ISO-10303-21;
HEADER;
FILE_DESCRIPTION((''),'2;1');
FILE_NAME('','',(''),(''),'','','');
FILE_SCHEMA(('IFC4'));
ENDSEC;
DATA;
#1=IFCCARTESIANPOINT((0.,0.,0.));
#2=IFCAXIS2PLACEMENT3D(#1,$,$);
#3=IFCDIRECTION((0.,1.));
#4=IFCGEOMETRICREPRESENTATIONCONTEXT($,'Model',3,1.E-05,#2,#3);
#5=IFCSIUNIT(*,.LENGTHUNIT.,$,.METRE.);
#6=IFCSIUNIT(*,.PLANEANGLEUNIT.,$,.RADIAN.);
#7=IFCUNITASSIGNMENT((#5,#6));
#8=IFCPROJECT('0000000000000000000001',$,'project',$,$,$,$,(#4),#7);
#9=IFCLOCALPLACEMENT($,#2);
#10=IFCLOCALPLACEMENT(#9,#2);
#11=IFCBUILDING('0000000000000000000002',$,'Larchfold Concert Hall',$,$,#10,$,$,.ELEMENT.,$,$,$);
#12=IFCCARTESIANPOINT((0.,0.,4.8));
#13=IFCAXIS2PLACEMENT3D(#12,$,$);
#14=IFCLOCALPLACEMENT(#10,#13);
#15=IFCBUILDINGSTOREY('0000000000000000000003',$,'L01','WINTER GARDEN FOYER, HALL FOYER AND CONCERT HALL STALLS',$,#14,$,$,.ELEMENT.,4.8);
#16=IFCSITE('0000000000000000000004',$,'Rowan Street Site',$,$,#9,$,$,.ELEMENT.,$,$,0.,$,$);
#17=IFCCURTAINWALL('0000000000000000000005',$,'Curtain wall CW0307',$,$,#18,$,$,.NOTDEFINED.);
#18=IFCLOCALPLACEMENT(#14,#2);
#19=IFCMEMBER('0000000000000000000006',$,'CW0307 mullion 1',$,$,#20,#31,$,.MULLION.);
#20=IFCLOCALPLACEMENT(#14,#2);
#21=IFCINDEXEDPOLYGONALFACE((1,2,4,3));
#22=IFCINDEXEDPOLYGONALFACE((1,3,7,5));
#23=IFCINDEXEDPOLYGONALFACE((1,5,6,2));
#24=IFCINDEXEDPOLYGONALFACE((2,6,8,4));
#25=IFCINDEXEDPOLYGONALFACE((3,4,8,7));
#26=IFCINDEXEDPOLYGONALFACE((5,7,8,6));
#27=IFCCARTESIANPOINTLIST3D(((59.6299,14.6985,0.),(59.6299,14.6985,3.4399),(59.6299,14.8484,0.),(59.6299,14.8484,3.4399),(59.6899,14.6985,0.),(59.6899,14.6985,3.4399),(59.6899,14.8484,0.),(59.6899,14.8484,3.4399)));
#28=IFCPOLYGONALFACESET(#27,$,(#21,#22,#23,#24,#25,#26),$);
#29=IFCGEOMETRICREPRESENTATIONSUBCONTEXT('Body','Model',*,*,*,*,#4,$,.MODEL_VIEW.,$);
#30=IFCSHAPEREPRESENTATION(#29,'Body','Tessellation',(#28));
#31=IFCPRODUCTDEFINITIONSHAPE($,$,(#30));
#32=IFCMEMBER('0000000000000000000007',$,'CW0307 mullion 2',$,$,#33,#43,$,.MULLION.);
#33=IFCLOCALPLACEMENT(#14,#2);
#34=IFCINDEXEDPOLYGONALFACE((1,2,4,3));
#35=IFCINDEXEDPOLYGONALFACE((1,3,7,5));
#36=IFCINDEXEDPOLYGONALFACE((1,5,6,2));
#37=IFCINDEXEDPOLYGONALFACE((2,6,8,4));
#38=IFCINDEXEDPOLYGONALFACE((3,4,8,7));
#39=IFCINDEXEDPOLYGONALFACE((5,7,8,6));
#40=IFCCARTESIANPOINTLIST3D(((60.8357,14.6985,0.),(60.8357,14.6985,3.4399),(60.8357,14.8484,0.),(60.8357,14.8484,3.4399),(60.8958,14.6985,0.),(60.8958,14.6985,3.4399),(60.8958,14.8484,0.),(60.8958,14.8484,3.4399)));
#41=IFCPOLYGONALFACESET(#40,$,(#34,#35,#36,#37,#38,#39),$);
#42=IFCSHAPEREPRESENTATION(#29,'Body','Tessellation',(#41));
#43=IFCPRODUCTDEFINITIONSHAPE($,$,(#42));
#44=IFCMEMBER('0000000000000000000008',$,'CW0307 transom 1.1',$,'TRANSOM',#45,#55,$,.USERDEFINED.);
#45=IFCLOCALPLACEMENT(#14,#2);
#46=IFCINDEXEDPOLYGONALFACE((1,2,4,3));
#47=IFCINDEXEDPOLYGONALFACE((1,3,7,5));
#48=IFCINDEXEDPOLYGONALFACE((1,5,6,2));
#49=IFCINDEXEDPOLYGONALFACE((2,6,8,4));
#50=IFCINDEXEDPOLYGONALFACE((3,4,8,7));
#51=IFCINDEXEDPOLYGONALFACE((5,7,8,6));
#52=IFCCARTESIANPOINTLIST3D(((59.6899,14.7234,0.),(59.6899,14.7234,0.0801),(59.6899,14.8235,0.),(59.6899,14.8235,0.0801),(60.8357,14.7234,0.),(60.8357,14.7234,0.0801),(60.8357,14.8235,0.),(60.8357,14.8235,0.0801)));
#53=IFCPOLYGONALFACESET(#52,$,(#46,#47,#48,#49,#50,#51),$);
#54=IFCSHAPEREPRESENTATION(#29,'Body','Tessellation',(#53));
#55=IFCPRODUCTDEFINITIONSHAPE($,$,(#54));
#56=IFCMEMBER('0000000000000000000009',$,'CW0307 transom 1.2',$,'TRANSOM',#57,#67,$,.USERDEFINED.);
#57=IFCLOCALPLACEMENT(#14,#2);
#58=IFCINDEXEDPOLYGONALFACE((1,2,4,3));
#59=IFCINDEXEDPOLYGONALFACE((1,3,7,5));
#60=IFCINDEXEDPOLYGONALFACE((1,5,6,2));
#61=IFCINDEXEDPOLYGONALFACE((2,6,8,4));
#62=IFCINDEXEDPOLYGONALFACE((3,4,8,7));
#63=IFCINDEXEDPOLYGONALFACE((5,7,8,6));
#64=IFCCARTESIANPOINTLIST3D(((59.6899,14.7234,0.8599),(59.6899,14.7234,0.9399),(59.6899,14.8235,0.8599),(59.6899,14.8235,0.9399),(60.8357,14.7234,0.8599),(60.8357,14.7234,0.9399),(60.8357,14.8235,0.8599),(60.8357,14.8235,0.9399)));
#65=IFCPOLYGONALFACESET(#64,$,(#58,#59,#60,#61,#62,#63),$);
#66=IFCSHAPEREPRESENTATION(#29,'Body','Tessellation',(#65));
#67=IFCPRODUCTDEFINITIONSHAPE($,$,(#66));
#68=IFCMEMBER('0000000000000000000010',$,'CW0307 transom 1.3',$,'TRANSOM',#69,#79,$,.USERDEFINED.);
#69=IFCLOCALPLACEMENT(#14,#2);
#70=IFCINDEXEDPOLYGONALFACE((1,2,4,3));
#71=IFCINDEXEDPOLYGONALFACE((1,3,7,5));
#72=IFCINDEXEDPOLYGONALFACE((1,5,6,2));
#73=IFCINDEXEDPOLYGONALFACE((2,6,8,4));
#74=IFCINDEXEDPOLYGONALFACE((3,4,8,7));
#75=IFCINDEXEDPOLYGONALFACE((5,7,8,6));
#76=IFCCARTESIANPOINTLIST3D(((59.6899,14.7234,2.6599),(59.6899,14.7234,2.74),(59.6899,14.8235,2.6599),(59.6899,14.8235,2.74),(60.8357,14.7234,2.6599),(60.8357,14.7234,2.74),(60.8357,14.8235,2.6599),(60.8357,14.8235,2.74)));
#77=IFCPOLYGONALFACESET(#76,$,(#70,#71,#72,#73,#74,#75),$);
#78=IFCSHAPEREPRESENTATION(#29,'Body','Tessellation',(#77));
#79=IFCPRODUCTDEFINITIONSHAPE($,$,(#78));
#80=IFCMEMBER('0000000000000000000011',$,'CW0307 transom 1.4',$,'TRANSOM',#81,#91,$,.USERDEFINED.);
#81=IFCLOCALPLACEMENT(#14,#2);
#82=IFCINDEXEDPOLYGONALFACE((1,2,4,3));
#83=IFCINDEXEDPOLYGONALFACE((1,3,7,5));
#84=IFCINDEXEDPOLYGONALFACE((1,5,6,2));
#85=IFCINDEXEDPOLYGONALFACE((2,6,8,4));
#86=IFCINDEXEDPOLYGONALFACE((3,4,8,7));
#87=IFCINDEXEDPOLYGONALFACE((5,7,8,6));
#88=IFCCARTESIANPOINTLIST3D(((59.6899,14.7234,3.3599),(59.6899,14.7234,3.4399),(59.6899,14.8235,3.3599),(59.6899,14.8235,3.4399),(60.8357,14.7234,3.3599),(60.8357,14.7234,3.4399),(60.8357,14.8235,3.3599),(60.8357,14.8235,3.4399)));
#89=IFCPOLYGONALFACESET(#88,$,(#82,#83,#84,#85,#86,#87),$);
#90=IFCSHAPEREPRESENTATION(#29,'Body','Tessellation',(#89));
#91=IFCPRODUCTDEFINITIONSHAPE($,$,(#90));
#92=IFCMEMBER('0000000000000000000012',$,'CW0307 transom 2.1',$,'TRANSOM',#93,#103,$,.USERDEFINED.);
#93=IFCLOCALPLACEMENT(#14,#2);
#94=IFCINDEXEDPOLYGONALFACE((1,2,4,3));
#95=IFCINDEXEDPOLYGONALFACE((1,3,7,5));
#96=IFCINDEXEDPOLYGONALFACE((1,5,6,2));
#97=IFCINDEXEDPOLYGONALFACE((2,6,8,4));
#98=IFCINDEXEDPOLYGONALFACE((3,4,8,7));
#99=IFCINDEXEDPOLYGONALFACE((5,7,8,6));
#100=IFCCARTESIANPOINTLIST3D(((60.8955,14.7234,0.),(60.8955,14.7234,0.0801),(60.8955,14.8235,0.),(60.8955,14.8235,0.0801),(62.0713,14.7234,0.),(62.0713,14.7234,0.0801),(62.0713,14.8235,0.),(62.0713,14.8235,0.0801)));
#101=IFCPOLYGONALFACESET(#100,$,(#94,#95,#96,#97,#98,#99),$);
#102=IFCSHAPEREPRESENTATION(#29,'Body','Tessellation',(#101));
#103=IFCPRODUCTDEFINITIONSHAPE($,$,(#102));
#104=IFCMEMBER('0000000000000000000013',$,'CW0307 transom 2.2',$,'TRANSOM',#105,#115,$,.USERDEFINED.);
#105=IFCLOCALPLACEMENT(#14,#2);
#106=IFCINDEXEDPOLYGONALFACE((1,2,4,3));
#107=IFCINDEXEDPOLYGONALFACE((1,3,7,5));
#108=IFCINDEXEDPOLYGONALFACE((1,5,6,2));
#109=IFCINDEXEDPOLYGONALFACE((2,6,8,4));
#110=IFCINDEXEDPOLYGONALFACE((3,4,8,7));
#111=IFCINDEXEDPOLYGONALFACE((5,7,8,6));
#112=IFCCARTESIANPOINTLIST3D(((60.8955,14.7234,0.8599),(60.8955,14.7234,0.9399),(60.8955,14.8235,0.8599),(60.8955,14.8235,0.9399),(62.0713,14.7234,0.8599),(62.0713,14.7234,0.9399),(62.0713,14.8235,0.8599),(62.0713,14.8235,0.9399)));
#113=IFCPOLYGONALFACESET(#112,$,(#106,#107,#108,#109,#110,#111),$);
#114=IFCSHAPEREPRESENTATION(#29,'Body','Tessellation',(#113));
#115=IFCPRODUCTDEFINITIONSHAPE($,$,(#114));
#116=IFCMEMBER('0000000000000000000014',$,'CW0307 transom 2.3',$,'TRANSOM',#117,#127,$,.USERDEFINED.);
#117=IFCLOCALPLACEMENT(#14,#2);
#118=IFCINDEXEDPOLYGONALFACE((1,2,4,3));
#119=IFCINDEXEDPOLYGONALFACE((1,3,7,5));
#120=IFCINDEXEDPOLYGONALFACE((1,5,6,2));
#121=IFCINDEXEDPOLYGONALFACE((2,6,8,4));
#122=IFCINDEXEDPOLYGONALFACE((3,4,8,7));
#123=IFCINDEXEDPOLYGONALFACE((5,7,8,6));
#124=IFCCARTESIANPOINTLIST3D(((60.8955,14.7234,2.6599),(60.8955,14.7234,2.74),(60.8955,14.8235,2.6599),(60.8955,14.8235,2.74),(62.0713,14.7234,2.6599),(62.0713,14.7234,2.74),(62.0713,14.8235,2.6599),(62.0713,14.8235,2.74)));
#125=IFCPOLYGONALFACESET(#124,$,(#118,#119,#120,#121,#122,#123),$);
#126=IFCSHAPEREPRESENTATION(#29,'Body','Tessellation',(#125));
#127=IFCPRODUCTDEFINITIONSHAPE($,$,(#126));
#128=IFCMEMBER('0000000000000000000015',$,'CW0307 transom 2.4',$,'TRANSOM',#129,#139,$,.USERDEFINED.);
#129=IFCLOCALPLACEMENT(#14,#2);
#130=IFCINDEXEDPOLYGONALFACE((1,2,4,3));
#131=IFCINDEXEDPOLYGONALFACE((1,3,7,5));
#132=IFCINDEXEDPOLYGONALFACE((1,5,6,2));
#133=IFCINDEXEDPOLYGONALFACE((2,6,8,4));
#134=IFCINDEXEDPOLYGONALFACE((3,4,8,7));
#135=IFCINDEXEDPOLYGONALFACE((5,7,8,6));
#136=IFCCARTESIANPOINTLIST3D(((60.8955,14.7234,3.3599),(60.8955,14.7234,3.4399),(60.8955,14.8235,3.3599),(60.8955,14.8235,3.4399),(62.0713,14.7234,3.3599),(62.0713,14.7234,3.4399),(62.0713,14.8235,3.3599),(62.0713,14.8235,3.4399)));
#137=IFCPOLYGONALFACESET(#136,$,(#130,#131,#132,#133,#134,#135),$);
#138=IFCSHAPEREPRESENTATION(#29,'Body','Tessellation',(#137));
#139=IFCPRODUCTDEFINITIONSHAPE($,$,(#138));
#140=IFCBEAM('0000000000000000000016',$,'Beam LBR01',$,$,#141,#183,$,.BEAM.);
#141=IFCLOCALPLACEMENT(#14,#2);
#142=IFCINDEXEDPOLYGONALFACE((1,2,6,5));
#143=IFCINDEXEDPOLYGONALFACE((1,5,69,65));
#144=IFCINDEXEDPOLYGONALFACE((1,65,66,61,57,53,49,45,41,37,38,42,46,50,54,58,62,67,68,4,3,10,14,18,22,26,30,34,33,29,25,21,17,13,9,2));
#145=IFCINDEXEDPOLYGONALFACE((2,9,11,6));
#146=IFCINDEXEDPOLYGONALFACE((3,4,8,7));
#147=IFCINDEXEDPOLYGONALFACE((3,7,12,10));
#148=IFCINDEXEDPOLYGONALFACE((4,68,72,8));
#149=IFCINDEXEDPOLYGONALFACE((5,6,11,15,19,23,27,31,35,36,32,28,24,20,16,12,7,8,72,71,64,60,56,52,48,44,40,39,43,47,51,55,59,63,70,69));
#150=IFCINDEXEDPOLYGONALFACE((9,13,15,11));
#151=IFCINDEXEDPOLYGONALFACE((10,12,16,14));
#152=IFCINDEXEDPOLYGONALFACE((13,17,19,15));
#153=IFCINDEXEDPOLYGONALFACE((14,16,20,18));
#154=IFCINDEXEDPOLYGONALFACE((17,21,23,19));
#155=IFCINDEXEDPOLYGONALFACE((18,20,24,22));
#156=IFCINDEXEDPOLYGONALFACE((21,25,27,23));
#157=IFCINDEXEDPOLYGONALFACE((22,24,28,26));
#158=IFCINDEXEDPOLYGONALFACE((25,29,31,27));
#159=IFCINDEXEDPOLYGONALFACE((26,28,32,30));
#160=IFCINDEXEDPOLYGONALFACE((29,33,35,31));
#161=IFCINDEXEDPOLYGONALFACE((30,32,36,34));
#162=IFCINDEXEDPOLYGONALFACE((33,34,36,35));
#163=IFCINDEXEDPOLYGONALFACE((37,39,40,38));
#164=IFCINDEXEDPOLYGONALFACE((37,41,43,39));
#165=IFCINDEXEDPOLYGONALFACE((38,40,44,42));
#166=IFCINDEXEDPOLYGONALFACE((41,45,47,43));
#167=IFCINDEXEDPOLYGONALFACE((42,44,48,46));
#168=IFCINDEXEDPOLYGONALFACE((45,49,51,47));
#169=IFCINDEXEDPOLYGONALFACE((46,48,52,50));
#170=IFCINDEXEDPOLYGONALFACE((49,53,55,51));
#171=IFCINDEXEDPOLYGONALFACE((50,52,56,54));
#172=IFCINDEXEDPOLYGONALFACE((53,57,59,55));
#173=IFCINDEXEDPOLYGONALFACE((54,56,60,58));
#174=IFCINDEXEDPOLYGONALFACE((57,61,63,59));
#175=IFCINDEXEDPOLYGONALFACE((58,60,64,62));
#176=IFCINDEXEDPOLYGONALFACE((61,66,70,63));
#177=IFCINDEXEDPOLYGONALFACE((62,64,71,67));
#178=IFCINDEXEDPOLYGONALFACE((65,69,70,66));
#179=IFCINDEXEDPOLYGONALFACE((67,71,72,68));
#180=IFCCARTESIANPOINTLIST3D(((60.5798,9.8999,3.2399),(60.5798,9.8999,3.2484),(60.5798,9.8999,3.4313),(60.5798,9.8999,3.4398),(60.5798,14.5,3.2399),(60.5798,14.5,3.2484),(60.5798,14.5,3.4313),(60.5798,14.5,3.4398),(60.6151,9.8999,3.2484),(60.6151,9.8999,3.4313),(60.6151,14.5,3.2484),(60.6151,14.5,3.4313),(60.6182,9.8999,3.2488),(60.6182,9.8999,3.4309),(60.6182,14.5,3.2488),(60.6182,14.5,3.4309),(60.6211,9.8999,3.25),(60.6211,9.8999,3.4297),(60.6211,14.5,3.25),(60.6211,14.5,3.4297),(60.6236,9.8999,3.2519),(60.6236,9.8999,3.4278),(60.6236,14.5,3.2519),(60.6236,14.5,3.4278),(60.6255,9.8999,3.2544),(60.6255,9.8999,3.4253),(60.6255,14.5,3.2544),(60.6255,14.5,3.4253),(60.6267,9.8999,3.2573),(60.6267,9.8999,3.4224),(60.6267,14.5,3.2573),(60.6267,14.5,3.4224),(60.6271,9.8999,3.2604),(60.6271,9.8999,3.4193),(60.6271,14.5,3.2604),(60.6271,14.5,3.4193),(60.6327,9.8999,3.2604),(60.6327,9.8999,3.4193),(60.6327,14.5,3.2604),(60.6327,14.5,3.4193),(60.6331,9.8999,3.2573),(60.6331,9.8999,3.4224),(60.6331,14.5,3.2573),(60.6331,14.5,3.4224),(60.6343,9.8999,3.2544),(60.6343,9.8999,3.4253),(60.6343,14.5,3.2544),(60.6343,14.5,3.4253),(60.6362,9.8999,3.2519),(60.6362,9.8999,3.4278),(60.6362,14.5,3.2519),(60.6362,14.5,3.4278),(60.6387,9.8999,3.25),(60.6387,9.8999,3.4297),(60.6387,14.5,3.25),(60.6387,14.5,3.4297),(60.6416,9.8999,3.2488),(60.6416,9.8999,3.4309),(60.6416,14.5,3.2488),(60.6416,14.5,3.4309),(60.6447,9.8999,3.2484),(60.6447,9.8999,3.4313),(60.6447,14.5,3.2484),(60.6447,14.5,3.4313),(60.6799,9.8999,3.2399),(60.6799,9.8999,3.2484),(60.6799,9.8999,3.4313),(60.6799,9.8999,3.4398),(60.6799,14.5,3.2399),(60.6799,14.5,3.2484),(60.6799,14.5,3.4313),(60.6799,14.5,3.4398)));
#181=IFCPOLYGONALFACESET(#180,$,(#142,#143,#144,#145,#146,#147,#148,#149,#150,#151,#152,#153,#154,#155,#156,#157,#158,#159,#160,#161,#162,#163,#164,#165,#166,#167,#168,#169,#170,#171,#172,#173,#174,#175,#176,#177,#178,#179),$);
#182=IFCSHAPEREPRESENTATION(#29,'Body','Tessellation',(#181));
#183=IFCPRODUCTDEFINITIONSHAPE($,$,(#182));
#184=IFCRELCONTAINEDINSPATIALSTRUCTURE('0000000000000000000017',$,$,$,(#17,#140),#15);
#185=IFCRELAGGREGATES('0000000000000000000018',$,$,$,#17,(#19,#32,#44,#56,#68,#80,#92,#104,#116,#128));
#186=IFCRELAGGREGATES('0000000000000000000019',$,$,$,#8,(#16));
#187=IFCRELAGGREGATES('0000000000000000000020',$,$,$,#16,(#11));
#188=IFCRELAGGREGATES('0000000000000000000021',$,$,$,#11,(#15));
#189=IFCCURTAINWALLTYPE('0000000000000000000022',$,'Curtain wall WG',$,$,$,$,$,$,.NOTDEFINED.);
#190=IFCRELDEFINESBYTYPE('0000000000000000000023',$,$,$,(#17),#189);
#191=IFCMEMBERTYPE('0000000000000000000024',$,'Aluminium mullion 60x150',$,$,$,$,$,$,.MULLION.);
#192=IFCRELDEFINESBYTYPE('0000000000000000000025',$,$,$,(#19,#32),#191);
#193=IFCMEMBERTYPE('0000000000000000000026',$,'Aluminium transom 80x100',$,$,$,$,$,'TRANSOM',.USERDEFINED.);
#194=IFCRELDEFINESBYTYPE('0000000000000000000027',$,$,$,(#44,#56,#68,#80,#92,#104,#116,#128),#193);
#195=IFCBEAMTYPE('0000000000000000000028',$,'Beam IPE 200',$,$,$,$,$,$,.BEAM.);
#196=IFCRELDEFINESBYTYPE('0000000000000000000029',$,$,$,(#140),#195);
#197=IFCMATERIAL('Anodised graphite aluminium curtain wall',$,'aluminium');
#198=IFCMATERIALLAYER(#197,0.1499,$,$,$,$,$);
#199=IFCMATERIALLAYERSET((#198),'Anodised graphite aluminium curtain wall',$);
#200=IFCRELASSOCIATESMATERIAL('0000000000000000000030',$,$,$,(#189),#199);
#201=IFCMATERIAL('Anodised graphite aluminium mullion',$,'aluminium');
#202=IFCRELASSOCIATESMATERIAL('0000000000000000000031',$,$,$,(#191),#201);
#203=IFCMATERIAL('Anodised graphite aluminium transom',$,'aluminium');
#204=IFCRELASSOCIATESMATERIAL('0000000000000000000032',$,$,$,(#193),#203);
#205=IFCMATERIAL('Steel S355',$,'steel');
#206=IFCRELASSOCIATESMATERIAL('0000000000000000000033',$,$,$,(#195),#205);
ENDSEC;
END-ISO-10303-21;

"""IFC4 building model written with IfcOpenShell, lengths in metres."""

from ifc_helpers import new_model, si_unit, direction, frame, origin, origin_2d, place, context, subcontext, project, spatial, rectangle, i_section, extrude, material, layer, layer_set, material_profile, profile_set, type_object, element, aggregate, save


model = new_model("IFC4")

# Units and contexts
model_context = context("Model", 3, precision=1e-05, world=origin(), true_north=direction((0.0, 1.0)))
body_context = subcontext(model_context, "Body", "Model", "MODEL_VIEW")
ifc_project = project(units=[si_unit("LENGTHUNIT", "METRE"), si_unit("PLANEANGLEUNIT", "RADIAN")], contexts=[model_context])

# Site, building, storey
site_placement = place(None, origin())
site = spatial("IfcSite", under=ifc_project, at=site_placement, Name="Rowan Street Site", CompositionType="ELEMENT", RefElevation=0.0)
building_placement = place(site_placement, origin())
building = spatial("IfcBuilding", under=site, at=building_placement, Name="Larchfold Concert Hall", CompositionType="ELEMENT")
storey_placement = place(building_placement, frame((0.0, 0.0, 4.8)))
storey = spatial("IfcBuildingStorey", under=building, at=storey_placement, Name="L01", Description="WINTER GARDEN FOYER, HALL FOYER AND CONCERT HALL STALLS", CompositionType="ELEMENT", Elevation=4.8)

# Curtain wall, members
ifc_material_1 = material(Name="Anodised graphite aluminium curtain wall", Category="aluminium")
ifc_layer_1 = layer(ifc_material_1, 0.1499)
ifc_layer_set_1 = layer_set([ifc_layer_1], Name="Anodised graphite aluminium curtain wall")
curtain_wall_type = type_object("IfcCurtainWallType", Name="Curtain wall WG", PredefinedType="NOTDEFINED", material=ifc_layer_set_1)
curtain_wall_placement = place(storey_placement, origin())
curtain_wall = element("IfcCurtainWall", 1, at=curtain_wall_placement, inside=storey, type_object=curtain_wall_type, Name="Curtain wall CW0307", PredefinedType="NOTDEFINED")
ifc_material_2 = material(Name="Anodised graphite aluminium mullion", Category="aluminium")
ifc_material_profile_1 = material_profile(ifc_material_2, rectangle(XDim=0.1499, YDim=0.0601, at=origin_2d()))
ifc_profile_set_1 = profile_set([ifc_material_profile_1], Name="Anodised graphite aluminium mullion")
member_type_1 = type_object("IfcMemberType", Name="Aluminium mullion 60x150", PredefinedType="MULLION", material=ifc_profile_set_1)
member_1_placement = place(storey_placement, frame((59.6599, 14.7734, 0.0), z_axis=(0.0, 0.0, 1.0), x_axis=(0.0, 1.0, 0.0)))
member_1 = element("IfcMember", 2, at=member_1_placement, type_object=member_type_1, Name="CW0307 mullion 1", PredefinedType="MULLION", context=body_context, shape_type="SweptSolid", body=[
    extrude(rectangle(XDim=0.1499, YDim=0.0601, at=origin_2d()), origin(), (0.0, 0.0, 1.0), 3.4399),
])
member_2_placement = place(storey_placement, frame((60.8657, 14.7734, 0.0), z_axis=(0.0, 0.0, 1.0), x_axis=(0.0, 1.0, 0.0)))
member_2 = element("IfcMember", 3, at=member_2_placement, type_object=member_type_1, Name="CW0307 mullion 2", PredefinedType="MULLION", context=body_context, shape_type="SweptSolid", body=[
    extrude(rectangle(XDim=0.1499, YDim=0.0601, at=origin_2d()), origin(), (0.0, 0.0, 1.0), 3.4399),
])
ifc_material_3 = material(Name="Anodised graphite aluminium transom", Category="aluminium")
ifc_material_profile_2 = material_profile(ifc_material_3, rectangle(XDim=0.1001, YDim=0.0801, at=origin_2d()))
ifc_profile_set_2 = profile_set([ifc_material_profile_2], Name="Anodised graphite aluminium transom")
member_type_2 = type_object("IfcMemberType", Name="Aluminium transom 80x100", ElementType="TRANSOM", PredefinedType="USERDEFINED", material=ifc_profile_set_2)
member_3_placement = place(storey_placement, frame((59.6899, 14.7734, 0.04), z_axis=(1.0, 0.0, 0.0), x_axis=(0.0, 1.0, 0.0)))
member_3 = element("IfcMember", 4, at=member_3_placement, type_object=member_type_2, Name="CW0307 transom 1.1", ObjectType="TRANSOM", PredefinedType="USERDEFINED", context=body_context, shape_type="SweptSolid", body=[
    extrude(rectangle(XDim=0.1001, YDim=0.0801, at=origin_2d()), origin(), (0.0, 0.0, 1.0), 1.1458),
])
member_4_placement = place(storey_placement, frame((59.6899, 14.7734, 0.8999), z_axis=(1.0, 0.0, 0.0), x_axis=(0.0, 1.0, 0.0)))
member_4 = element("IfcMember", 5, at=member_4_placement, type_object=member_type_2, Name="CW0307 transom 1.2", ObjectType="TRANSOM", PredefinedType="USERDEFINED", context=body_context, shape_type="SweptSolid", body=[
    extrude(rectangle(XDim=0.1001, YDim=0.0801, at=origin_2d()), origin(), (0.0, 0.0, 1.0), 1.1458),
])
member_5_placement = place(storey_placement, frame((59.6899, 14.7734, 2.7), z_axis=(1.0, 0.0, 0.0), x_axis=(0.0, 1.0, 0.0)))
member_5 = element("IfcMember", 6, at=member_5_placement, type_object=member_type_2, Name="CW0307 transom 1.3", ObjectType="TRANSOM", PredefinedType="USERDEFINED", context=body_context, shape_type="SweptSolid", body=[
    extrude(rectangle(XDim=0.1001, YDim=0.0801, at=origin_2d()), origin(), (0.0, 0.0, 1.0), 1.1458),
])
member_6_placement = place(storey_placement, frame((59.6899, 14.7734, 3.3999), z_axis=(1.0, 0.0, 0.0), x_axis=(0.0, 1.0, 0.0)))
member_6 = element("IfcMember", 7, at=member_6_placement, type_object=member_type_2, Name="CW0307 transom 1.4", ObjectType="TRANSOM", PredefinedType="USERDEFINED", context=body_context, shape_type="SweptSolid", body=[
    extrude(rectangle(XDim=0.1001, YDim=0.0801, at=origin_2d()), origin(), (0.0, 0.0, 1.0), 1.1458),
])
member_7_placement = place(storey_placement, frame((60.8955, 14.7734, 0.04), z_axis=(1.0, 0.0, 0.0), x_axis=(0.0, 1.0, 0.0)))
member_7 = element("IfcMember", 8, at=member_7_placement, type_object=member_type_2, Name="CW0307 transom 2.1", ObjectType="TRANSOM", PredefinedType="USERDEFINED", context=body_context, shape_type="SweptSolid", body=[
    extrude(rectangle(XDim=0.1001, YDim=0.0801, at=origin_2d()), origin(), (0.0, 0.0, 1.0), 1.1758),
])
member_8_placement = place(storey_placement, frame((60.8955, 14.7734, 0.8999), z_axis=(1.0, 0.0, 0.0), x_axis=(0.0, 1.0, 0.0)))
member_8 = element("IfcMember", 9, at=member_8_placement, type_object=member_type_2, Name="CW0307 transom 2.2", ObjectType="TRANSOM", PredefinedType="USERDEFINED", context=body_context, shape_type="SweptSolid", body=[
    extrude(rectangle(XDim=0.1001, YDim=0.0801, at=origin_2d()), origin(), (0.0, 0.0, 1.0), 1.1758),
])
member_9_placement = place(storey_placement, frame((60.8955, 14.7734, 2.7), z_axis=(1.0, 0.0, 0.0), x_axis=(0.0, 1.0, 0.0)))
member_9 = element("IfcMember", 10, at=member_9_placement, type_object=member_type_2, Name="CW0307 transom 2.3", ObjectType="TRANSOM", PredefinedType="USERDEFINED", context=body_context, shape_type="SweptSolid", body=[
    extrude(rectangle(XDim=0.1001, YDim=0.0801, at=origin_2d()), origin(), (0.0, 0.0, 1.0), 1.1758),
])
member_10_placement = place(storey_placement, frame((60.8955, 14.7734, 3.3999), z_axis=(1.0, 0.0, 0.0), x_axis=(0.0, 1.0, 0.0)))
member_10 = element("IfcMember", 11, at=member_10_placement, type_object=member_type_2, Name="CW0307 transom 2.4", ObjectType="TRANSOM", PredefinedType="USERDEFINED", context=body_context, shape_type="SweptSolid", body=[
    extrude(rectangle(XDim=0.1001, YDim=0.0801, at=origin_2d()), origin(), (0.0, 0.0, 1.0), 1.1758),
])

# Beam
ifc_material_4 = material(Name="Steel S355", Category="steel")
ifc_material_profile_3 = material_profile(ifc_material_4, i_section(OverallWidth=0.1001, OverallDepth=0.2, WebThickness=0.0056, FlangeThickness=0.0085, FilletRadius=0.012, at=origin_2d()))
ifc_profile_set_3 = profile_set([ifc_material_profile_3], Name="Steel S355")
beam_type = type_object("IfcBeamType", Name="Beam IPE 200", PredefinedType="BEAM", material=ifc_profile_set_3)
beam_placement = place(storey_placement, frame((60.6299, 9.8999, 3.3398), z_axis=(0.0, 1.0, 0.0), x_axis=(-1.0, 0.0, 0.0)))
element("IfcBeam", 12, at=beam_placement, inside=storey, type_object=beam_type, Name="Beam LBR01", PredefinedType="BEAM", context=body_context, shape_type="SweptSolid", body=[
    extrude(i_section(OverallWidth=0.1001, OverallDepth=0.2, WebThickness=0.0056, FlangeThickness=0.0085, FilletRadius=0.012, at=origin_2d()), origin(), (0.0, 0.0, 1.0), 4.6001),
])

aggregate(curtain_wall, [member_1, member_2, member_3, member_4, member_5, member_6, member_7, member_8, member_9, member_10])

save(model, "model.ifc")
